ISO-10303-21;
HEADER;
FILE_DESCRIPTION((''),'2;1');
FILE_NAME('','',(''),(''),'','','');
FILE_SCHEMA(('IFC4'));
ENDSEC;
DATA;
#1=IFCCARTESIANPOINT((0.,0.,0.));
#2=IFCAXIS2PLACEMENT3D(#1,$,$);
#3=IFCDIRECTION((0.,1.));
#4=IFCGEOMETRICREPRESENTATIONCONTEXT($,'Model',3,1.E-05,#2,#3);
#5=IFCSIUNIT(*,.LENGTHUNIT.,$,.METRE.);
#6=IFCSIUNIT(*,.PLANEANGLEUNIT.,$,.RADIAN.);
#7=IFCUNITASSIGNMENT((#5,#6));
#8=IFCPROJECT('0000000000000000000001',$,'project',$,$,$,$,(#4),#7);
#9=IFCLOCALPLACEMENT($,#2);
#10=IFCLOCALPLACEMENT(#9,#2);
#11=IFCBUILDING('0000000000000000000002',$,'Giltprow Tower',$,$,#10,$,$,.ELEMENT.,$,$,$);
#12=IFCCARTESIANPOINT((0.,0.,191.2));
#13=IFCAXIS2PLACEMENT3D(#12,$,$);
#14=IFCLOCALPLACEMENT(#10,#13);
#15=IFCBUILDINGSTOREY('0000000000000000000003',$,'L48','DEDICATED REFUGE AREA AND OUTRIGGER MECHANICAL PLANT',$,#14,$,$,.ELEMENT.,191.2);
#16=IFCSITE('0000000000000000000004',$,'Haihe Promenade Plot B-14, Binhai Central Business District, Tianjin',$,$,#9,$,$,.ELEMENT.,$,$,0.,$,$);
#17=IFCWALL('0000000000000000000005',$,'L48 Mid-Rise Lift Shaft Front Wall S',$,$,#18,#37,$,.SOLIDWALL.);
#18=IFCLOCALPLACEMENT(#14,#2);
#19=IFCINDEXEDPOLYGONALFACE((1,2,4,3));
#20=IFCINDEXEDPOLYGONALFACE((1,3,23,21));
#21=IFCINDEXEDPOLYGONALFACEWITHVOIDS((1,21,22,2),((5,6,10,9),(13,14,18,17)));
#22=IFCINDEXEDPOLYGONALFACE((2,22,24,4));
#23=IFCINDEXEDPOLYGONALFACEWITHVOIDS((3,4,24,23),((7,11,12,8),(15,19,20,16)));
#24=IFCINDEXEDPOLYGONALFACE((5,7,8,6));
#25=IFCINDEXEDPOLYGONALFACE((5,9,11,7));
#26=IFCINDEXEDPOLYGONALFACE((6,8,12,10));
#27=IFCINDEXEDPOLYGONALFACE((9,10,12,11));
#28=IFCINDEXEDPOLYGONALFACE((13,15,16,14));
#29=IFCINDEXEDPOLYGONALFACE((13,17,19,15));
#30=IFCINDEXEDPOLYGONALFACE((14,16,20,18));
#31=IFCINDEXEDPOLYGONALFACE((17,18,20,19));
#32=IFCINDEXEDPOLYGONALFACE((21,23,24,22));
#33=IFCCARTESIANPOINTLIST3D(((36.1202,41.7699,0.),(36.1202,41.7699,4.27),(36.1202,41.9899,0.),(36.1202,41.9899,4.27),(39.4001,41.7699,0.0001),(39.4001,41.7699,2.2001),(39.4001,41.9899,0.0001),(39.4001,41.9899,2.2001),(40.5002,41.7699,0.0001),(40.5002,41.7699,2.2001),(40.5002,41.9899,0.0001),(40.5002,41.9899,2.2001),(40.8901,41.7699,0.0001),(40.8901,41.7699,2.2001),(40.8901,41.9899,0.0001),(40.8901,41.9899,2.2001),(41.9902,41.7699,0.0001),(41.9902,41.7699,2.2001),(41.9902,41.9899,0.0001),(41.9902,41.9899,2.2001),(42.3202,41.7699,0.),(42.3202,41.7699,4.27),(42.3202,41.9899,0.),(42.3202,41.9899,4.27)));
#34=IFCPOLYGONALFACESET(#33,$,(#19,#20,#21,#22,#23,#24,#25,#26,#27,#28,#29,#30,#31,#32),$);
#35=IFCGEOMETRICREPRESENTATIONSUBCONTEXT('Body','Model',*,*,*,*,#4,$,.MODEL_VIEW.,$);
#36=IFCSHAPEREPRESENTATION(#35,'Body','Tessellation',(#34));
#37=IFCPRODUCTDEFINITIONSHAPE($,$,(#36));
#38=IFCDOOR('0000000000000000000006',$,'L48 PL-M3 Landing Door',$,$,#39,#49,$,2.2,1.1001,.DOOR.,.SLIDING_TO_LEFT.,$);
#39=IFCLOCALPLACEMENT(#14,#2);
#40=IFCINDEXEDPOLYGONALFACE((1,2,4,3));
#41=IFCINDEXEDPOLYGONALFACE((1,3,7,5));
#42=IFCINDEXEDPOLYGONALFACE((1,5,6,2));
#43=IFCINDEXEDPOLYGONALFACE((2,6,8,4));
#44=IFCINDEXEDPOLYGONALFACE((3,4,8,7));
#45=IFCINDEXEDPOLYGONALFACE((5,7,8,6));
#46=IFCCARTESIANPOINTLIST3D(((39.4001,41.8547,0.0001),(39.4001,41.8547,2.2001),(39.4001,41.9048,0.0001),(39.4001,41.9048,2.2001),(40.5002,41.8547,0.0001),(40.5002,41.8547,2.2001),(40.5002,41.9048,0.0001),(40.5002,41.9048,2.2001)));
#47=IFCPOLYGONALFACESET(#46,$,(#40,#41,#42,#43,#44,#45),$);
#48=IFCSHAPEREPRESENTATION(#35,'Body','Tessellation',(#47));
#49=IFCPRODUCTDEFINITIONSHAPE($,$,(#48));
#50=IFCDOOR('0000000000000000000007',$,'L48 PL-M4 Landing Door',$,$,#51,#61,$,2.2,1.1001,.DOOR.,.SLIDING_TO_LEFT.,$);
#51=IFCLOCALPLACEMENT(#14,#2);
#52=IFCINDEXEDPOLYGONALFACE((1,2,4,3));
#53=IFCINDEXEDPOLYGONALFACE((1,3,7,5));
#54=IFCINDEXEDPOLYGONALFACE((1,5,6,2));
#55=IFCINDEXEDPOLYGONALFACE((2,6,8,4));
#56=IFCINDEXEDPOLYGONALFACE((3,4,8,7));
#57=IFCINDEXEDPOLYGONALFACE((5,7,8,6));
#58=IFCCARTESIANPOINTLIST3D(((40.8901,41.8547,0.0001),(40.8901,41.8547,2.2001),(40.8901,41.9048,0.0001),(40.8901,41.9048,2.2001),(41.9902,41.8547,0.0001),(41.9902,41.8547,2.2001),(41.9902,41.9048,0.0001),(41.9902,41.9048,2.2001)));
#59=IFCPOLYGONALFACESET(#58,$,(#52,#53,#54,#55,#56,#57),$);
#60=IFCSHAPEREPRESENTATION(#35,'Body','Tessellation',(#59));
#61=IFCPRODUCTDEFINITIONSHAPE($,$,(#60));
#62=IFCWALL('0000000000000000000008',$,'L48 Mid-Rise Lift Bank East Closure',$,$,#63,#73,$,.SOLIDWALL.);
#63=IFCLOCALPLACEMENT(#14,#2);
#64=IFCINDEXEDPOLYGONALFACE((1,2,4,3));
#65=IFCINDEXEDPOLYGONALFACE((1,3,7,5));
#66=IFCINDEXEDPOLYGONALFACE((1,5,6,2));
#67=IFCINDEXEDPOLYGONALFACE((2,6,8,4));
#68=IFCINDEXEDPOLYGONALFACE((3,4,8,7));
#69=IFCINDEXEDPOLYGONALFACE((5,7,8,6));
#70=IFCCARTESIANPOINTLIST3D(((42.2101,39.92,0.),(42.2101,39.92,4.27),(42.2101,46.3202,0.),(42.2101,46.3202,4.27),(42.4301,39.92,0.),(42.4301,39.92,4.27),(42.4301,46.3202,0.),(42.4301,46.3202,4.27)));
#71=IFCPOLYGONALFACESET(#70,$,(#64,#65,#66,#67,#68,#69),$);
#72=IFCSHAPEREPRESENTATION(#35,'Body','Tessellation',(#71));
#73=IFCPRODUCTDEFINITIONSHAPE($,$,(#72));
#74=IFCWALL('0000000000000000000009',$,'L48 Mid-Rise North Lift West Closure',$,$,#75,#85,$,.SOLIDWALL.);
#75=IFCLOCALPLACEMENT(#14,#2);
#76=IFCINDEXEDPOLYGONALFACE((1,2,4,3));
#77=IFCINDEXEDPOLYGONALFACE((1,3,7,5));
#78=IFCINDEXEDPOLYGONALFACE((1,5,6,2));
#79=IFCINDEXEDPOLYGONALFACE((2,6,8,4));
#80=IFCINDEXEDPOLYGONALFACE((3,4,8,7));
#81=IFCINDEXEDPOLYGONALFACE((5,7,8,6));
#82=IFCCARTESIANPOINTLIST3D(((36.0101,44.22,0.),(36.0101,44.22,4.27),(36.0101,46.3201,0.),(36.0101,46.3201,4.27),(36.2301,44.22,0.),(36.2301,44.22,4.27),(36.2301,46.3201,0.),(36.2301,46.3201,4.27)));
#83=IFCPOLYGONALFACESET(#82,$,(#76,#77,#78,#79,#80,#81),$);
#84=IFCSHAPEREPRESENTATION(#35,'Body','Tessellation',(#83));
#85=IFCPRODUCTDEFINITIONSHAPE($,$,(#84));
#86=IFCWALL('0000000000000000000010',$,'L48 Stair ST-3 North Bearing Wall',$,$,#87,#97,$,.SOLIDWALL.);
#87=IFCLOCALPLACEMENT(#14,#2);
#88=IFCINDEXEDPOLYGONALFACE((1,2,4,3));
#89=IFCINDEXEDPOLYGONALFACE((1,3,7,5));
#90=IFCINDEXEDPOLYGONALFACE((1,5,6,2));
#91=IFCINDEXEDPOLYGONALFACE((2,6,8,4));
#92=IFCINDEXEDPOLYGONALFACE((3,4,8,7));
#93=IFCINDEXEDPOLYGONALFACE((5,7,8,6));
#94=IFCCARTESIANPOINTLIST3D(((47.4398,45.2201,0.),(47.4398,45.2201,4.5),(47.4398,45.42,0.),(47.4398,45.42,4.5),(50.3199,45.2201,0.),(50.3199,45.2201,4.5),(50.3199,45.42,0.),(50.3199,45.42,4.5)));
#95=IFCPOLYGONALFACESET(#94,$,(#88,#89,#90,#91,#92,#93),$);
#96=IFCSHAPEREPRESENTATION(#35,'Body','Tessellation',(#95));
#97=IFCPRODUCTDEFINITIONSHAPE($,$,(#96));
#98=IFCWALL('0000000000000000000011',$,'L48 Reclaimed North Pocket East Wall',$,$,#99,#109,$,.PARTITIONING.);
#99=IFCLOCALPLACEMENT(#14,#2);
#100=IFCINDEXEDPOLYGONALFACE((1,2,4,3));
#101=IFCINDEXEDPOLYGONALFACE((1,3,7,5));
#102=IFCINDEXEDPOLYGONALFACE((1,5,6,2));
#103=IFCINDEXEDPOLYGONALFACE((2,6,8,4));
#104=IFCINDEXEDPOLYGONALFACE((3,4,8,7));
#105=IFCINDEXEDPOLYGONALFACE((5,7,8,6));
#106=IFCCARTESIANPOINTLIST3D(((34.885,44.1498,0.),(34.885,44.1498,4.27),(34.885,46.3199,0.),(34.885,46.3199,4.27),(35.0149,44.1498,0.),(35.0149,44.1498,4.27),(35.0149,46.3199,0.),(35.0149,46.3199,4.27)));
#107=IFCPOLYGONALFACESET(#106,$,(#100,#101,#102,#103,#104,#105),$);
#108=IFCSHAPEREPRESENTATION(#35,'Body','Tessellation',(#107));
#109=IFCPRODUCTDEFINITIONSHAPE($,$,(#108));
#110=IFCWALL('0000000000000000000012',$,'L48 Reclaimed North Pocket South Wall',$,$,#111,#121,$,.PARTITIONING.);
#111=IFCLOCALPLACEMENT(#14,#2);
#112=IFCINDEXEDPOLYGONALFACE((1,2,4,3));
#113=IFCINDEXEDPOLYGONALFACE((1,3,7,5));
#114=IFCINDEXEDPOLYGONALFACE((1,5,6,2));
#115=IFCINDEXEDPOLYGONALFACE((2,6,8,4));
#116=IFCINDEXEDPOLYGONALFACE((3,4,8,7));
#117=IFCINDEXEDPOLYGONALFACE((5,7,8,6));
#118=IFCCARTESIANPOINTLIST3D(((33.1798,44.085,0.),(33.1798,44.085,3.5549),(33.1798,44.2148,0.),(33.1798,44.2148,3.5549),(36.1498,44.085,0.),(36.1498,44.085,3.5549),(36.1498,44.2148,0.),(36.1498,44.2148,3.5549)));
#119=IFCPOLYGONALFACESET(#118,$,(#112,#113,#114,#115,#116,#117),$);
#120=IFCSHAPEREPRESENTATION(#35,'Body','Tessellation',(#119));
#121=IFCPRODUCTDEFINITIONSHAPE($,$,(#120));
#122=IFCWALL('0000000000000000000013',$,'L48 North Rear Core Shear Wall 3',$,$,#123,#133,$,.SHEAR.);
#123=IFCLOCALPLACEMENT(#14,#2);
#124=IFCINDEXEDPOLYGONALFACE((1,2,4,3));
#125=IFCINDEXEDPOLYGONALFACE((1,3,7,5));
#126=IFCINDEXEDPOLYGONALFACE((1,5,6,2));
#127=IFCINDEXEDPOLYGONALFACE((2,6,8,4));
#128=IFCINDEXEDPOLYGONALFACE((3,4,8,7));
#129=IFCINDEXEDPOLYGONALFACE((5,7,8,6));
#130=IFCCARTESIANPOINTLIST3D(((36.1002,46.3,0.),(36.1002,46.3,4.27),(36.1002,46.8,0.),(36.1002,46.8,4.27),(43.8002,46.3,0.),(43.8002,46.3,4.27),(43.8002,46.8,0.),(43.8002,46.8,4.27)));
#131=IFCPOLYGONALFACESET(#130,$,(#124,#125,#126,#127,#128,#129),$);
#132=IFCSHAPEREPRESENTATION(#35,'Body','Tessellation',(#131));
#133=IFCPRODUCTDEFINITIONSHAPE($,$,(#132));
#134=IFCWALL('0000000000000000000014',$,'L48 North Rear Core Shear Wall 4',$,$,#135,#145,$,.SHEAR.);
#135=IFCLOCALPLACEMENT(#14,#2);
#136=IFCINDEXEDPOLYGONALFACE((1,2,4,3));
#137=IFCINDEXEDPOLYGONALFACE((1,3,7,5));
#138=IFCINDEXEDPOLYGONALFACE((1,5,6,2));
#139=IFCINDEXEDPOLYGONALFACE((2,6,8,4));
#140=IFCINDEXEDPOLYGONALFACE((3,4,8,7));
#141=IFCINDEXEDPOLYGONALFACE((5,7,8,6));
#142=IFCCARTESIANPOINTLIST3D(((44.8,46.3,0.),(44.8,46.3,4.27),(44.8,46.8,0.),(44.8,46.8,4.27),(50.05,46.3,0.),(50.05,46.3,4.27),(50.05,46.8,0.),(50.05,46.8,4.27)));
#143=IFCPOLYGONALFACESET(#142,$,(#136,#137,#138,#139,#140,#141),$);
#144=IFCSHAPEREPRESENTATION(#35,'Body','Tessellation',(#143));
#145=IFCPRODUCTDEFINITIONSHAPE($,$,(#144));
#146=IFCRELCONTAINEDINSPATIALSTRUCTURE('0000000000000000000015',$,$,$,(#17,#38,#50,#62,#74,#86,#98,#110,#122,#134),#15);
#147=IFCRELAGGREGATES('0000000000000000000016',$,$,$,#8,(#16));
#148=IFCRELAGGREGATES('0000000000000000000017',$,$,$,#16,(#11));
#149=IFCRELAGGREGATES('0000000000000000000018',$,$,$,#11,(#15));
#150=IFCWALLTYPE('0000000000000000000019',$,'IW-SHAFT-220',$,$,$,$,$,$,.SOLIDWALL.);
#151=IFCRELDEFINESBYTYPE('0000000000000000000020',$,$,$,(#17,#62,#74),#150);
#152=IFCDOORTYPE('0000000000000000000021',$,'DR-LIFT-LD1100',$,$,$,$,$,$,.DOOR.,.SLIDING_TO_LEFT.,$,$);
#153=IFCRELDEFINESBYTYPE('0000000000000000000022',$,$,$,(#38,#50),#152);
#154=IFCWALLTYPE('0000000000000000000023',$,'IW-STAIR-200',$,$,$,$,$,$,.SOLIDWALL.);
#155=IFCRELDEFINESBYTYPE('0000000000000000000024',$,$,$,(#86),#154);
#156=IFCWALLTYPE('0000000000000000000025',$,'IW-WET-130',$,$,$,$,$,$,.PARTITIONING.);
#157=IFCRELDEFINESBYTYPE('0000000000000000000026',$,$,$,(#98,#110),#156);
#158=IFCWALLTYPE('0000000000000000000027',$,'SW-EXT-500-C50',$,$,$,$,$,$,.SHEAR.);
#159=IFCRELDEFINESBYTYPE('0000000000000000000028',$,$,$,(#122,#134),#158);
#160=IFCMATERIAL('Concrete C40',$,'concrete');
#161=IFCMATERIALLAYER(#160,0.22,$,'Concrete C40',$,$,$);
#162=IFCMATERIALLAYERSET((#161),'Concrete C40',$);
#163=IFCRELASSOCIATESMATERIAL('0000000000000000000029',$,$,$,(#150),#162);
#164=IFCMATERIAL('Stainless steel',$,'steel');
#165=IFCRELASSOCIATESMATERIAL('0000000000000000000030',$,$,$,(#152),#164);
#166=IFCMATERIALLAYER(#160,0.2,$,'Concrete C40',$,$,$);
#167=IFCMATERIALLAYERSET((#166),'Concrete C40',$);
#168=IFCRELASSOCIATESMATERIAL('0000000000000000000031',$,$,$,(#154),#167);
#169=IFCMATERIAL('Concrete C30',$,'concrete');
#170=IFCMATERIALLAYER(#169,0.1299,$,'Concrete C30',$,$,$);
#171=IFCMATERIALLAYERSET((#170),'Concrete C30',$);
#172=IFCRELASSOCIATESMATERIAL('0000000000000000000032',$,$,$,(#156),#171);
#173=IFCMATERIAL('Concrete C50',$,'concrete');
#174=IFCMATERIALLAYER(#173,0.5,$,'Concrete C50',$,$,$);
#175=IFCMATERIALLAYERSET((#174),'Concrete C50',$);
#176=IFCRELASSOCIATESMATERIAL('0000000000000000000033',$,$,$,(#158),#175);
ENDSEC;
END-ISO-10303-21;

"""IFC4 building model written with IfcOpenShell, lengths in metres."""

from ifc_helpers import new_model, si_unit, direction, frame, frame_2d, origin, place, context, subcontext, project, spatial, rectangle, extrude, source, transform, mapped, material, layer, layer_set, type_object, element, fill, save


model = new_model("IFC4")

# Units and contexts
model_context = context("Model", 3, precision=1e-05, world=origin(), true_north=direction((0.0, 1.0)))
body_context = subcontext(model_context, "Body", "Model", "MODEL_VIEW")
ifc_project = project(units=[si_unit("LENGTHUNIT", "METRE"), si_unit("PLANEANGLEUNIT", "RADIAN")], contexts=[model_context])

# Site, building, storey
site_placement = place(None, origin())
site = spatial("IfcSite", under=ifc_project, at=site_placement, Name="Haihe Promenade Plot B-14, Binhai Central Business District, Tianjin", CompositionType="ELEMENT", RefElevation=0.0)
building_placement = place(site_placement, origin())
building = spatial("IfcBuilding", under=site, at=building_placement, Name="Giltprow Tower", CompositionType="ELEMENT")
storey_placement = place(building_placement, frame((0.0, 0.0, 191.2)))
storey = spatial("IfcBuildingStorey", under=building, at=storey_placement, Name="L48", Description="DEDICATED REFUGE AREA AND OUTRIGGER MECHANICAL PLANT", CompositionType="ELEMENT", Elevation=191.2)

# Shared definitions
ifc_material_1 = material(Name="Concrete C50", Category="concrete")

# Shared definitions
ifc_material_2 = material(Name="Concrete C40", Category="concrete")
ifc_layer_1 = layer(ifc_material_2, 0.22, Name="Concrete C40")
ifc_layer_set_1 = layer_set([ifc_layer_1], Name="Concrete C40")
wall_type_1 = type_object("IfcWallType", Name="IW-SHAFT-220", PredefinedType="SOLIDWALL", material=ifc_layer_set_1)
ifc_material_3 = material(Name="Stainless steel", Category="steel")
door_type = type_object("IfcDoorType", Name="DR-LIFT-LD1100", OperationType="SLIDING_TO_LEFT", PredefinedType="DOOR", material=ifc_material_3)
shared_shape_1 = source(origin(), body_context, "Body", "SweptSolid", [
    extrude(rectangle(XDim=1.1001, YDim=2.2, at=frame_2d((0.55, 1.1001))), frame((0.0, 0.0249, 0.0), z_axis=(0.0, -1.0, 0.0), x_axis=(1.0, 0.0, 0.0)), (0.0, 0.0, 1.0), 0.05),
])

# Wall, openings, doors
wall_1_placement = place(storey_placement, frame((36.1201, 41.8799, 0.0), z_axis=(0.0, 0.0, 1.0), x_axis=(1.0, 0.0, 0.0)))
wall_1 = element("IfcWall", 1, at=wall_1_placement, inside=storey, type_object=wall_type_1, Name="L48 Mid-Rise Lift Shaft Front Wall S", PredefinedType="SOLIDWALL", context=body_context, shape_type="SweptSolid", body=[
    extrude(rectangle(XDim=6.2, YDim=0.22, at=frame_2d((3.1001, 0.0))), origin(), (0.0, 0.0, 1.0), 4.27),
])
opening_1_placement = place(wall_1_placement, frame((3.28, 0.0, 0.0)))
opening_1 = element("IfcOpeningElement", 2, at=opening_1_placement, cuts=wall_1, PredefinedType="OPENING", context=body_context, shape_type="SweptSolid", body=[
    extrude(rectangle(XDim=1.1001, YDim=2.2, at=frame_2d((0.55, 1.1001))), frame((0.0, 0.1199, 0.0), z_axis=(0.0, -1.0, 0.0), x_axis=(1.0, 0.0, 0.0)), (0.0, 0.0, 1.0), 0.24),
])
opening_2_placement = place(wall_1_placement, frame((4.77, 0.0, 0.0)))
opening_2 = element("IfcOpeningElement", 3, at=opening_2_placement, cuts=wall_1, PredefinedType="OPENING", context=body_context, shape_type="SweptSolid", body=[
    extrude(rectangle(XDim=1.1001, YDim=2.2, at=frame_2d((0.55, 1.1001))), frame((0.0, 0.1199, 0.0), z_axis=(0.0, -1.0, 0.0), x_axis=(1.0, 0.0, 0.0)), (0.0, 0.0, 1.0), 0.24),
])
door_1_placement = place(opening_1_placement, origin())
door_1 = element("IfcDoor", 4, at=door_1_placement, inside=storey, type_object=door_type, Name="L48 PL-M3 Landing Door", OperationType="SLIDING_TO_LEFT", OverallHeight=2.2, OverallWidth=1.1001, PredefinedType="DOOR", context=body_context, shape_type="MappedRepresentation", body=[
    mapped(shared_shape_1, transform((0.0, 0.0, 0.0), x_axis=(1.0, 0.0, 0.0), y_axis=(0.0, 1.0, 0.0), z_axis=(0.0, 0.0, 1.0), scale=1.0)),
])
fill(opening_1, door_1)
door_2_placement = place(opening_2_placement, origin())
door_2 = element("IfcDoor", 5, at=door_2_placement, inside=storey, type_object=door_type, Name="L48 PL-M4 Landing Door", OperationType="SLIDING_TO_LEFT", OverallHeight=2.2, OverallWidth=1.1001, PredefinedType="DOOR", context=body_context, shape_type="MappedRepresentation", body=[
    mapped(shared_shape_1, transform((0.0, 0.0, 0.0), x_axis=(1.0, 0.0, 0.0), y_axis=(0.0, 1.0, 0.0), z_axis=(0.0, 0.0, 1.0), scale=1.0)),
])
fill(opening_2, door_2)

# Walls
wall_2_placement = place(storey_placement, frame((42.3201, 39.9199, 0.0), z_axis=(0.0, 0.0, 1.0), x_axis=(0.0, 1.0, 0.0)))
element("IfcWall", 6, at=wall_2_placement, inside=storey, type_object=wall_type_1, Name="L48 Mid-Rise Lift Bank East Closure", PredefinedType="SOLIDWALL", context=body_context, shape_type="SweptSolid", body=[
    extrude(rectangle(XDim=6.4001, YDim=0.22, at=frame_2d((3.2002, 0.0))), origin(), (0.0, 0.0, 1.0), 4.27),
])
wall_3_placement = place(storey_placement, frame((36.1201, 44.22, 0.0), z_axis=(0.0, 0.0, 1.0), x_axis=(0.0, 1.0, 0.0)))
element("IfcWall", 7, at=wall_3_placement, inside=storey, type_object=wall_type_1, Name="L48 Mid-Rise North Lift West Closure", PredefinedType="SOLIDWALL", context=body_context, shape_type="SweptSolid", body=[
    extrude(rectangle(XDim=2.1001, YDim=0.22, at=frame_2d((1.05, 0.0))), origin(), (0.0, 0.0, 1.0), 4.27),
])
ifc_layer_2 = layer(ifc_material_2, 0.2, Name="Concrete C40")
ifc_layer_set_2 = layer_set([ifc_layer_2], Name="Concrete C40")
wall_type_2 = type_object("IfcWallType", Name="IW-STAIR-200", PredefinedType="SOLIDWALL", material=ifc_layer_set_2)
wall_4_placement = place(storey_placement, frame((47.4399, 45.3201, 0.0), z_axis=(0.0, 0.0, 1.0), x_axis=(1.0, 0.0, 0.0)))
element("IfcWall", 8, at=wall_4_placement, inside=storey, type_object=wall_type_2, Name="L48 Stair ST-3 North Bearing Wall", PredefinedType="SOLIDWALL", context=body_context, shape_type="SweptSolid", body=[
    extrude(rectangle(XDim=2.8801, YDim=0.2, at=frame_2d((1.4399, 0.0))), origin(), (0.0, 0.0, 1.0), 4.5),
])
ifc_material_4 = material(Name="Concrete C30", Category="concrete")
ifc_layer_3 = layer(ifc_material_4, 0.1299, Name="Concrete C30")
ifc_layer_set_3 = layer_set([ifc_layer_3], Name="Concrete C30")
wall_type_3 = type_object("IfcWallType", Name="IW-WET-130", PredefinedType="PARTITIONING", material=ifc_layer_set_3)
wall_5_placement = place(storey_placement, frame((34.95, 44.1499, 0.0), z_axis=(0.0, 0.0, 1.0), x_axis=(0.0, 1.0, 0.0)))
element("IfcWall", 9, at=wall_5_placement, inside=storey, type_object=wall_type_3, Name="L48 Reclaimed North Pocket East Wall", PredefinedType="PARTITIONING", context=body_context, shape_type="SweptSolid", body=[
    extrude(rectangle(XDim=2.1702, YDim=0.1299, at=frame_2d((1.085, 0.0))), origin(), (0.0, 0.0, 1.0), 4.27),
])
wall_6_placement = place(storey_placement, frame((33.1799, 44.1499, 0.0), z_axis=(0.0, 0.0, 1.0), x_axis=(1.0, 0.0, 0.0)))
element("IfcWall", 10, at=wall_6_placement, inside=storey, type_object=wall_type_3, Name="L48 Reclaimed North Pocket South Wall", PredefinedType="PARTITIONING", context=body_context, shape_type="SweptSolid", body=[
    extrude(rectangle(XDim=2.97, YDim=0.1299, at=frame_2d((1.4849, 0.0))), origin(), (0.0, 0.0, 1.0), 3.5549),
])
ifc_layer_4 = layer(ifc_material_1, 0.5, Name="Concrete C50")
ifc_layer_set_4 = layer_set([ifc_layer_4], Name="Concrete C50")
wall_type_4 = type_object("IfcWallType", Name="SW-EXT-500-C50", PredefinedType="SHEAR", material=ifc_layer_set_4)
wall_7_placement = place(storey_placement, frame((36.1001, 46.55, 0.0), z_axis=(0.0, 0.0, 1.0), x_axis=(1.0, 0.0, 0.0)))
element("IfcWall", 11, at=wall_7_placement, inside=storey, type_object=wall_type_4, Name="L48 North Rear Core Shear Wall 3", PredefinedType="SHEAR", context=body_context, shape_type="SweptSolid", body=[
    extrude(rectangle(XDim=7.7, YDim=0.5, at=frame_2d((3.8501, 0.0))), origin(), (0.0, 0.0, 1.0), 4.27),
])
wall_8_placement = place(storey_placement, frame((44.8, 46.55, 0.0), z_axis=(0.0, 0.0, 1.0), x_axis=(1.0, 0.0, 0.0)))
element("IfcWall", 12, at=wall_8_placement, inside=storey, type_object=wall_type_4, Name="L48 North Rear Core Shear Wall 4", PredefinedType="SHEAR", context=body_context, shape_type="SweptSolid", body=[
    extrude(rectangle(XDim=5.25, YDim=0.5, at=frame_2d((2.625, 0.0))), origin(), (0.0, 0.0, 1.0), 4.27),
])

save(model, "model.ifc")
